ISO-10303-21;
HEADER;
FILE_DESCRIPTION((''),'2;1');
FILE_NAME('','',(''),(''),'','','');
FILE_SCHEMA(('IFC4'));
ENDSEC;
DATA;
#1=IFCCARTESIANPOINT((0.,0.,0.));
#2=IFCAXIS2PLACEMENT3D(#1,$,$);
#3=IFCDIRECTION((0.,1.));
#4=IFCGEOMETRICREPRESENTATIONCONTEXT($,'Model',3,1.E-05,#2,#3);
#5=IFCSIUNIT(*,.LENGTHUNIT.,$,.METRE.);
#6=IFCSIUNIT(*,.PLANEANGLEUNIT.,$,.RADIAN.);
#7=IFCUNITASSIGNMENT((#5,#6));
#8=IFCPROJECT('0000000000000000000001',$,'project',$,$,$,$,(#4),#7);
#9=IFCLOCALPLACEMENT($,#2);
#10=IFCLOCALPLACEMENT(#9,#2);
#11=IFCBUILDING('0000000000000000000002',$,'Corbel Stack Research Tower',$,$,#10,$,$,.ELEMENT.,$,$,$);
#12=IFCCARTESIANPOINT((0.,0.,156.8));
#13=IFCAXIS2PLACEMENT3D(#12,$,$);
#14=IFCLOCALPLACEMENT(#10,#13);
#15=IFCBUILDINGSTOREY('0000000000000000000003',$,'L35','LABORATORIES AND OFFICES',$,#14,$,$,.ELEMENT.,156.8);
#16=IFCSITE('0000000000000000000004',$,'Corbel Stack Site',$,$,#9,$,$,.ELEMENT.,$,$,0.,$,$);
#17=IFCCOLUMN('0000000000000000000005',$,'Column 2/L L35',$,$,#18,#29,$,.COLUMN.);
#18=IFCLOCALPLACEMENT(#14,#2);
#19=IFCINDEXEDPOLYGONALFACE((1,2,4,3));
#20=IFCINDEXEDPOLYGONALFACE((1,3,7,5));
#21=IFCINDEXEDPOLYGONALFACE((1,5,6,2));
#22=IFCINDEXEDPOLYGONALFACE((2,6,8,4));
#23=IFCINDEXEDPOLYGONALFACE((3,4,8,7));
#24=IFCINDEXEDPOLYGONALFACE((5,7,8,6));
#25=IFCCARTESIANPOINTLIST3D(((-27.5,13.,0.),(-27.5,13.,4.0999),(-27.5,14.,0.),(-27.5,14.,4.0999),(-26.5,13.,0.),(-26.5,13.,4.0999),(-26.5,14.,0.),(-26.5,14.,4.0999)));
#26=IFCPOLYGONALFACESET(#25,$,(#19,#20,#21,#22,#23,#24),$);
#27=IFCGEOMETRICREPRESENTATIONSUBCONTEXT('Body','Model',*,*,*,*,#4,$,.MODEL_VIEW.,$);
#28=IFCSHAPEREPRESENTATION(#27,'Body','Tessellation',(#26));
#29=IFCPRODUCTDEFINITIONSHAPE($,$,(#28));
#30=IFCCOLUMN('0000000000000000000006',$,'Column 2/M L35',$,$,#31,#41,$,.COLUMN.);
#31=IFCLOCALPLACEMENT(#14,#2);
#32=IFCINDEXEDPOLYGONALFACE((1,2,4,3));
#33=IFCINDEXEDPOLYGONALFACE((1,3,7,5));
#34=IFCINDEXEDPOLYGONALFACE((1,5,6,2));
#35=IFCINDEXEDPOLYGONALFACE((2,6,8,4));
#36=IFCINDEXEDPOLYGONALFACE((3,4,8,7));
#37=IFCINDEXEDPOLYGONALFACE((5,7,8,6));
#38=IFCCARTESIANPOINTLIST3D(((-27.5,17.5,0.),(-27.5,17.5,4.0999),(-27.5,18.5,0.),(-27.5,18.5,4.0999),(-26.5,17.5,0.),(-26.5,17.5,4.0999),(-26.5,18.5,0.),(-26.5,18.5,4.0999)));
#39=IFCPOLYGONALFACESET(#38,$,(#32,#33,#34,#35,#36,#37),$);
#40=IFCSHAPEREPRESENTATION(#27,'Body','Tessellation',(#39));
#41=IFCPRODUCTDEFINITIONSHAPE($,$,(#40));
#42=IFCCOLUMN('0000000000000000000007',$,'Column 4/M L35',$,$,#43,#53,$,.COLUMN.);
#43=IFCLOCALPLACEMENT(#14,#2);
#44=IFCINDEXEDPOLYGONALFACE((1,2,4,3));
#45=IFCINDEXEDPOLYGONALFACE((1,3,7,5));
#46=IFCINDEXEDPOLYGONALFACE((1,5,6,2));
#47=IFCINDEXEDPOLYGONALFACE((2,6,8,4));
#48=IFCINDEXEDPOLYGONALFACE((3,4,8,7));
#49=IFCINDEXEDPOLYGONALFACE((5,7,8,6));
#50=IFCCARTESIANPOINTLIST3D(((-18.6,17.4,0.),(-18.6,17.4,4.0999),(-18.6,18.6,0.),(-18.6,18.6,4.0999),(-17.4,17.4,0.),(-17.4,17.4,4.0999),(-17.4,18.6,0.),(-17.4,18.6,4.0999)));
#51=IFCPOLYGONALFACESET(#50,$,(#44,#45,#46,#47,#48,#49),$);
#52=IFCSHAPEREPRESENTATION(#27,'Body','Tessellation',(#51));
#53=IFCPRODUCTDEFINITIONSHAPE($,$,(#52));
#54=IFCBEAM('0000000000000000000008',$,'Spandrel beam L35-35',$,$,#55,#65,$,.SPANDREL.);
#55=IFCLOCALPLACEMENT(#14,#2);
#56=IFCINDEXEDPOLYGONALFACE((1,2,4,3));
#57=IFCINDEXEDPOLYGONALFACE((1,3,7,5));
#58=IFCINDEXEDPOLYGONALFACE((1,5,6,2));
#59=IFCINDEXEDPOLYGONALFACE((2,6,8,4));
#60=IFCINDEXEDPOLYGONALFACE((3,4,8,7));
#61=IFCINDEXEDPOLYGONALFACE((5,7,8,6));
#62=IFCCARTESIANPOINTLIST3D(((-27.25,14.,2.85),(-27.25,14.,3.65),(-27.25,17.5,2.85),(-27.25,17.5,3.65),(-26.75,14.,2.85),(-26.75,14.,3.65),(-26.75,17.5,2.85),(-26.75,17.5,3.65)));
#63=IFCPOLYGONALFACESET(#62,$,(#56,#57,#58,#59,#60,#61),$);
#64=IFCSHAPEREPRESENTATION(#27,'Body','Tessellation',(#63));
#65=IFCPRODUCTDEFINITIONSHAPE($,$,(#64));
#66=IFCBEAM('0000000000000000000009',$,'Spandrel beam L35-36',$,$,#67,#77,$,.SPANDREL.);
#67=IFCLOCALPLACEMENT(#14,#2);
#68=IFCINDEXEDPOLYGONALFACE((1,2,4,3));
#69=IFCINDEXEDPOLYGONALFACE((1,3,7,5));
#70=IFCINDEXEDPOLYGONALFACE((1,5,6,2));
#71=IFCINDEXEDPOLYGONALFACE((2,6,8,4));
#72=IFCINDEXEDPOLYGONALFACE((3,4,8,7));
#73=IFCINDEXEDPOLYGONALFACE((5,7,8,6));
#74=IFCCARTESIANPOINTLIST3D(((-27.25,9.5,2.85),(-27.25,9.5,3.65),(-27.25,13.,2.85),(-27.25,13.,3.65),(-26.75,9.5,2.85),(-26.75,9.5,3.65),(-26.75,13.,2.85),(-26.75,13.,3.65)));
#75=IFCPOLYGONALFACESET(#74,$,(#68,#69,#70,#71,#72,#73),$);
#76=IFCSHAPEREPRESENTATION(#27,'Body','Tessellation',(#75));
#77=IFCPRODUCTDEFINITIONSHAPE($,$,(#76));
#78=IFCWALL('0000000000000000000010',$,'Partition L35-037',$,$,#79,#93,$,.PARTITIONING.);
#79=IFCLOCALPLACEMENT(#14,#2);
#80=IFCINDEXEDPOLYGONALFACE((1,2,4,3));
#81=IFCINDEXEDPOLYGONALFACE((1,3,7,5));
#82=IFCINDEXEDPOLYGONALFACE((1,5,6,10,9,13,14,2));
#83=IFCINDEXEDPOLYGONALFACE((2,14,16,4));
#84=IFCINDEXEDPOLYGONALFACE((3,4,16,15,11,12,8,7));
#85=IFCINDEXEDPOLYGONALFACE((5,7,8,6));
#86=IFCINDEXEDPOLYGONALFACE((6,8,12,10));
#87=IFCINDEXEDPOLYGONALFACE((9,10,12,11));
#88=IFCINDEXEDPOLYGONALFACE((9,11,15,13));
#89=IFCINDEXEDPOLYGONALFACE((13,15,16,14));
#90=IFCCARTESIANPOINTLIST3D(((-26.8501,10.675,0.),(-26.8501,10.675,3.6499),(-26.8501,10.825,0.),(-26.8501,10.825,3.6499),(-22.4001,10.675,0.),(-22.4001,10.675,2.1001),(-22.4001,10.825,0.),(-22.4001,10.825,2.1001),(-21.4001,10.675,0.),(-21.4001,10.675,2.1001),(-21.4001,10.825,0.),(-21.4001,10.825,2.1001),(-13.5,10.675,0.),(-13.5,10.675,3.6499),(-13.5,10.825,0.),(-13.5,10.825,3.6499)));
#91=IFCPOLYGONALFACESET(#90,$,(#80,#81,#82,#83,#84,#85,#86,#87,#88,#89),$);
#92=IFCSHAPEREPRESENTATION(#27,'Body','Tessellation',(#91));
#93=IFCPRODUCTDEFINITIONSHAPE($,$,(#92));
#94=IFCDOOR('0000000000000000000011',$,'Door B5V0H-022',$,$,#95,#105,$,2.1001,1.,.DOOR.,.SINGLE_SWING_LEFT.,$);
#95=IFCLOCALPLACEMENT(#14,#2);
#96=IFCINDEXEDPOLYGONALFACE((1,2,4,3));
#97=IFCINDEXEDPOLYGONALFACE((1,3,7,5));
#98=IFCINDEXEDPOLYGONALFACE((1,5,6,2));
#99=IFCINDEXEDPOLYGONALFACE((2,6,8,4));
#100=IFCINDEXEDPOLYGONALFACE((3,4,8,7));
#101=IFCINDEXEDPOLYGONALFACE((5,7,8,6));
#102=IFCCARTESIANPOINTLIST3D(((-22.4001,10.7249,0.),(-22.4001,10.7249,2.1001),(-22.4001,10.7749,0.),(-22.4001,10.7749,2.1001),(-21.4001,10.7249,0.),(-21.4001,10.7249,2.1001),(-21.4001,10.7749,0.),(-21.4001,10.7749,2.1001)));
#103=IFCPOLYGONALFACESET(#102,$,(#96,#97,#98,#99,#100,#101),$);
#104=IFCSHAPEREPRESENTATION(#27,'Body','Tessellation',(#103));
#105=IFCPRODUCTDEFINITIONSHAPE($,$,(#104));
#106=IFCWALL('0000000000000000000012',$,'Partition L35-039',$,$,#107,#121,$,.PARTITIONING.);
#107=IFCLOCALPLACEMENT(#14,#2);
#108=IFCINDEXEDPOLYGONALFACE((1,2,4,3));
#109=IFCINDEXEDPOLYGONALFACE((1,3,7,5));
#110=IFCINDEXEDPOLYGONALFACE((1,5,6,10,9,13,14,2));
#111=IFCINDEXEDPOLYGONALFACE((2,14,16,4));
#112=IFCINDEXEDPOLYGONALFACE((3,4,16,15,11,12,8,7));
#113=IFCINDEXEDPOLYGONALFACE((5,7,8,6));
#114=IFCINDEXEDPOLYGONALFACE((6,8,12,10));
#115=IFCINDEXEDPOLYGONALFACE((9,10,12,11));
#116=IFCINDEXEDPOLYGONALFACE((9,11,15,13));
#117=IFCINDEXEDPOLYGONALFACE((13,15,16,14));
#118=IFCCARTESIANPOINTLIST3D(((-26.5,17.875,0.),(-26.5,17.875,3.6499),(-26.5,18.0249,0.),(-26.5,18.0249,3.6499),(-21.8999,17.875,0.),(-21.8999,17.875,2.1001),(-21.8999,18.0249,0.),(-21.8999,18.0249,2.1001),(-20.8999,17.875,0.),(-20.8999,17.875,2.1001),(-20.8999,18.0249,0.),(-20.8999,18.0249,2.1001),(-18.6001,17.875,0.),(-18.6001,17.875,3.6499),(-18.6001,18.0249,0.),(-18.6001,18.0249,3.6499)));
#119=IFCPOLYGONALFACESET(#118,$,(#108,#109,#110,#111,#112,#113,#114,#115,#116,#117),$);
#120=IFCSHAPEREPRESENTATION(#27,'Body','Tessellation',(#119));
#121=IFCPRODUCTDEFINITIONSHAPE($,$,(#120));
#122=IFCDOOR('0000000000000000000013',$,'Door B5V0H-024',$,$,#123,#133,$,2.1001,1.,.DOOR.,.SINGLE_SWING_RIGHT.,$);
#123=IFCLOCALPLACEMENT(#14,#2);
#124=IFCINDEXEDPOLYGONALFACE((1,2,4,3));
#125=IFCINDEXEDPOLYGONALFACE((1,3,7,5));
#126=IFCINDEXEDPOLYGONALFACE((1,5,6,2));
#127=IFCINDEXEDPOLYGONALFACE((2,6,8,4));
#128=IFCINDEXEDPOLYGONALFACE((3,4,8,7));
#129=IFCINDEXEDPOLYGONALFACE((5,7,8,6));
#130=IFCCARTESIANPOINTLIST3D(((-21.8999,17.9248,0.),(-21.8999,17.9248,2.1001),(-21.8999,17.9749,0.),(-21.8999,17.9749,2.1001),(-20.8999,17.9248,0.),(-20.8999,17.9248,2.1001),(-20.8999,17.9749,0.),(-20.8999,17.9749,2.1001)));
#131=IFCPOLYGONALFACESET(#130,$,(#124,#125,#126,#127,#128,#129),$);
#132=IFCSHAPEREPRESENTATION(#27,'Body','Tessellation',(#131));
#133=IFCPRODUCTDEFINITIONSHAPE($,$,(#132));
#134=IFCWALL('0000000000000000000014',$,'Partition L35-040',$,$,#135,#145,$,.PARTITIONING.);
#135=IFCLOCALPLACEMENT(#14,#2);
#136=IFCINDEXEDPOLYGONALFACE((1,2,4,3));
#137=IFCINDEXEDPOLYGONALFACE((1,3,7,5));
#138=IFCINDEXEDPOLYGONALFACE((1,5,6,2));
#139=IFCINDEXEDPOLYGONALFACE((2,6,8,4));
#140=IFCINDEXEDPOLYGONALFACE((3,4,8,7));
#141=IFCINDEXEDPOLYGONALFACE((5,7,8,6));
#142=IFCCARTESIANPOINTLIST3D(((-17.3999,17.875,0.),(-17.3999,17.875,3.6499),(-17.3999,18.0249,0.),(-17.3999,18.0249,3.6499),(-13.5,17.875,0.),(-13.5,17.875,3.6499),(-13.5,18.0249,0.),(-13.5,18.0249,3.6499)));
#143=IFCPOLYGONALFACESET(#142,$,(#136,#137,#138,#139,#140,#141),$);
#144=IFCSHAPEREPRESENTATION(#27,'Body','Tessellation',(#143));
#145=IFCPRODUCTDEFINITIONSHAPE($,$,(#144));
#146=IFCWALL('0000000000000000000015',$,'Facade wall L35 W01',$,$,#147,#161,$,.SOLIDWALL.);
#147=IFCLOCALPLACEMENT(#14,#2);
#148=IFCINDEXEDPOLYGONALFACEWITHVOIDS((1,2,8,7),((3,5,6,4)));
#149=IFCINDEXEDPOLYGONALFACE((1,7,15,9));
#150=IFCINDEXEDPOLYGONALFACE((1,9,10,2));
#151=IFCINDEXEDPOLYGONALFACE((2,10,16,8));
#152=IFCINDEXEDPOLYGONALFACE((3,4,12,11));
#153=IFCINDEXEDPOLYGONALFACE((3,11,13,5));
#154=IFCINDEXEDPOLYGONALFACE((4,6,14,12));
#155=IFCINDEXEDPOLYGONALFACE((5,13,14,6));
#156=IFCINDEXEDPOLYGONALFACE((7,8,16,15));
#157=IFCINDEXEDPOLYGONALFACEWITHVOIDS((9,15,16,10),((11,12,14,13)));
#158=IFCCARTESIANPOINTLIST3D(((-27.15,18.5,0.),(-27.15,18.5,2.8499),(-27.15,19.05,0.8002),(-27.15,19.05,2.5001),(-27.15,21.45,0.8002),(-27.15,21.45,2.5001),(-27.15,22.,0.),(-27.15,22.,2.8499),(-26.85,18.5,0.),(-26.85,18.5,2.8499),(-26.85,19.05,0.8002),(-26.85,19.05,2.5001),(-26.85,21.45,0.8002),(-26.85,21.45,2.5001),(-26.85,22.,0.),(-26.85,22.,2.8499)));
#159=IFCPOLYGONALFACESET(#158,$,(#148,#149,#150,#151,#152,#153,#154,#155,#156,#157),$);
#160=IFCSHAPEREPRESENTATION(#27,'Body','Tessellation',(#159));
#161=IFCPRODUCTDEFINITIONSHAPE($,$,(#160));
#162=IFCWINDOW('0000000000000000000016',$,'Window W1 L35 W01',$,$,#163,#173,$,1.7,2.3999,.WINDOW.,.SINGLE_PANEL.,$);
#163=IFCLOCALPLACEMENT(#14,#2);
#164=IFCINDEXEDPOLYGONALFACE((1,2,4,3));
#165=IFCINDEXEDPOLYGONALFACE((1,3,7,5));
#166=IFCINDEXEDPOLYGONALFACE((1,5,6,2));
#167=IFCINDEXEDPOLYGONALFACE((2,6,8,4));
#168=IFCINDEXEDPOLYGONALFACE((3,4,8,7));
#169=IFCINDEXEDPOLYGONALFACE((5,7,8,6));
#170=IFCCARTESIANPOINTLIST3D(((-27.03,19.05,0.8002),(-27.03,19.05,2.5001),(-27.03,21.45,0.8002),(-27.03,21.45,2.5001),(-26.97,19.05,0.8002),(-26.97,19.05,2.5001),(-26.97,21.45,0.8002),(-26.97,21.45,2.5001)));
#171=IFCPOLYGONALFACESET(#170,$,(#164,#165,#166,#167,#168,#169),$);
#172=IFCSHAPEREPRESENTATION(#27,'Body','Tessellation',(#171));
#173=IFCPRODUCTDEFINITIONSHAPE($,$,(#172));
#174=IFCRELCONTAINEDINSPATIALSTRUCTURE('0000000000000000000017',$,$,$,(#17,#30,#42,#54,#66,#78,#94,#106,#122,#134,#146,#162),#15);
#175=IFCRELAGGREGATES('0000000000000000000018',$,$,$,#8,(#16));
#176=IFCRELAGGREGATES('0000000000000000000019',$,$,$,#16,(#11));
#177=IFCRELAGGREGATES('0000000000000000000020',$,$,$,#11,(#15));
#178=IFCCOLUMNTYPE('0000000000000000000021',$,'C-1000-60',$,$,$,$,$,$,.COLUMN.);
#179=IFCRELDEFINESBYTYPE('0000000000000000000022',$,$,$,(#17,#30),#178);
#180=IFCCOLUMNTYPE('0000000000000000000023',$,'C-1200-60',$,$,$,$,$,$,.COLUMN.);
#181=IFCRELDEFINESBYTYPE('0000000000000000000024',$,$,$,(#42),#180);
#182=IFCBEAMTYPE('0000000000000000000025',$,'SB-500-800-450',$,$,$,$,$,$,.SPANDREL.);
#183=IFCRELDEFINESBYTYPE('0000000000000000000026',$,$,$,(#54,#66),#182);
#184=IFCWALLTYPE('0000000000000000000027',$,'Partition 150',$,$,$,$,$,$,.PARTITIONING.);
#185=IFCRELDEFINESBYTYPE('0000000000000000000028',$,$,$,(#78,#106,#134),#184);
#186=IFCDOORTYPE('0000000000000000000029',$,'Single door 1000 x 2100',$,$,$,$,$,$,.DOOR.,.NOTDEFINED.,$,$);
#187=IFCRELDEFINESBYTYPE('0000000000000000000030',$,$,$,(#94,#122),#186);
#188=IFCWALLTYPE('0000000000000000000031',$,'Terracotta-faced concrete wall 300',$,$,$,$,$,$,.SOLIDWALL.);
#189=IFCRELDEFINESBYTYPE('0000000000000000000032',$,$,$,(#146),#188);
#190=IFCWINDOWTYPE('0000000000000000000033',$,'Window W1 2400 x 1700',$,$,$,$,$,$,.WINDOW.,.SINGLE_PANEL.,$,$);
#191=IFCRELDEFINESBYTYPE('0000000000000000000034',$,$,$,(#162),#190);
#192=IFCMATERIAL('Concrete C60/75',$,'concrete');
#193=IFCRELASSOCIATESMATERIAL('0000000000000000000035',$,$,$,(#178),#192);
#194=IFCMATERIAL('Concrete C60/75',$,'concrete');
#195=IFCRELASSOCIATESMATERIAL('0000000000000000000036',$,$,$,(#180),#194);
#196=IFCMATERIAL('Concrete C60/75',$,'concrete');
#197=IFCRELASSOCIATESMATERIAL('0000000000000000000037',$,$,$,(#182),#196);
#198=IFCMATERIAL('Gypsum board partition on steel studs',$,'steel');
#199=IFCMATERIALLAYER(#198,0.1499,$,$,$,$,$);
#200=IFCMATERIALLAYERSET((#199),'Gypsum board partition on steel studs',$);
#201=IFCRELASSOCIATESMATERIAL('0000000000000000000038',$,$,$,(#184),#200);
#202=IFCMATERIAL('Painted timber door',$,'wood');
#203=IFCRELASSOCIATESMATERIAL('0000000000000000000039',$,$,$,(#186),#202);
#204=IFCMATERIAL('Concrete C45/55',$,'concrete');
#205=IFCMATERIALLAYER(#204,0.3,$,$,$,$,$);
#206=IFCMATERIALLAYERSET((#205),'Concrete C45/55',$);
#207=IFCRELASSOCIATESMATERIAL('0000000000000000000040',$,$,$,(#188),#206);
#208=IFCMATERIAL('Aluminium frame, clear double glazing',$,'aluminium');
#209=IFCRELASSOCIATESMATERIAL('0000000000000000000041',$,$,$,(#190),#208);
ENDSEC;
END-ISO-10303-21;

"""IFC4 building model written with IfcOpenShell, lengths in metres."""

from ifc_helpers import new_model, si_unit, direction, frame, frame_2d, origin, origin_2d, place, context, subcontext, project, spatial, rectangle, extrude, material, layer, layer_set, material_profile, profile_set, type_object, element, fill, save


model = new_model("IFC4")

# Units and contexts
model_context = context("Model", 3, precision=1e-05, world=origin(), true_north=direction((0.0, 1.0)))
body_context = subcontext(model_context, "Body", "Model", "MODEL_VIEW")
ifc_project = project(units=[si_unit("LENGTHUNIT", "METRE"), si_unit("PLANEANGLEUNIT", "RADIAN")], contexts=[model_context])

# Site, building, storey
site_placement = place(None, origin())
site = spatial("IfcSite", under=ifc_project, at=site_placement, Name="Corbel Stack Site", CompositionType="ELEMENT", RefElevation=0.0)
building_placement = place(site_placement, origin())
building = spatial("IfcBuilding", under=site, at=building_placement, Name="Corbel Stack Research Tower", CompositionType="ELEMENT")
storey_placement = place(building_placement, frame((0.0, 0.0, 156.8)))
storey = spatial("IfcBuildingStorey", under=building, at=storey_placement, Name="L35", Description="LABORATORIES AND OFFICES", CompositionType="ELEMENT", Elevation=156.8)

# Columns
ifc_material_1 = material(Name="Concrete C60/75", Category="concrete")
ifc_material_profile_1 = material_profile(ifc_material_1, rectangle(XDim=1.0, YDim=1.0, at=origin_2d()), Name="RC 1000 x 1000")
ifc_profile_set_1 = profile_set([ifc_material_profile_1], Name="Concrete C60/75")
column_type_1 = type_object("IfcColumnType", Name="C-1000-60", PredefinedType="COLUMN", material=ifc_profile_set_1)
for number, where, z_axis, x_axis, name in (
    (1, (-27.0, 13.5, 0.0), (0.0, 0.0, 1.0), (1.0, 0.0, 0.0), "Column 2/L L35"),
    (2, (-27.0, 18.0, 0.0), (0.0, 0.0, 1.0), (1.0, 0.0, 0.0), "Column 2/M L35"),
):
    element("IfcColumn", number, at=place(storey_placement, frame(where, z_axis=z_axis, x_axis=x_axis)), inside=storey, type_object=column_type_1, Name=name, PredefinedType="COLUMN", context=body_context, shape_type="SweptSolid", body=[
        extrude(rectangle(XDim=1.0, YDim=1.0, at=origin_2d()), origin(), (0.0, 0.0, 1.0), 4.0999),
    ])
ifc_material_2 = material(Name="Concrete C60/75", Category="concrete")
ifc_material_profile_2 = material_profile(ifc_material_2, rectangle(XDim=1.2, YDim=1.2, at=origin_2d()), Name="RC 1200 x 1200")
ifc_profile_set_2 = profile_set([ifc_material_profile_2], Name="Concrete C60/75")
column_type_2 = type_object("IfcColumnType", Name="C-1200-60", PredefinedType="COLUMN", material=ifc_profile_set_2)
column_placement = place(storey_placement, frame((-18.0, 18.0, 0.0), z_axis=(0.0, 0.0, 1.0), x_axis=(1.0, 0.0, 0.0)))
element("IfcColumn", 3, at=column_placement, inside=storey, type_object=column_type_2, Name="Column 4/M L35", PredefinedType="COLUMN", context=body_context, shape_type="SweptSolid", body=[
    extrude(rectangle(XDim=1.2, YDim=1.2, at=origin_2d()), origin(), (0.0, 0.0, 1.0), 4.0999),
])

# Beams
ifc_material_3 = material(Name="Concrete C60/75", Category="concrete")
ifc_material_profile_3 = material_profile(ifc_material_3, rectangle(XDim=0.5, YDim=0.8, at=origin_2d()), Name="RC 500 x 800")
ifc_profile_set_3 = profile_set([ifc_material_profile_3], Name="Concrete C60/75")
beam_type = type_object("IfcBeamType", Name="SB-500-800-450", PredefinedType="SPANDREL", material=ifc_profile_set_3)
for number, where, z_axis, x_axis, name in (
    (4, (-27.0, 17.5, 3.25), (0.0, -1.0, 0.0), (1.0, 0.0, 0.0), "Spandrel beam L35-35"),
    (5, (-27.0, 13.0, 3.25), (0.0, -1.0, 0.0), (1.0, 0.0, 0.0), "Spandrel beam L35-36"),
):
    element("IfcBeam", number, at=place(storey_placement, frame(where, z_axis=z_axis, x_axis=x_axis)), inside=storey, type_object=beam_type, Name=name, PredefinedType="SPANDREL", context=body_context, shape_type="SweptSolid", body=[
        extrude(rectangle(XDim=0.5, YDim=0.8, at=origin_2d()), origin(), (0.0, 0.0, 1.0), 3.5),
    ])

# Walls, openings, doors
ifc_material_4 = material(Name="Gypsum board partition on steel studs", Category="steel")
ifc_layer_1 = layer(ifc_material_4, 0.1499)
ifc_layer_set_1 = layer_set([ifc_layer_1], Name="Gypsum board partition on steel studs")
wall_type_1 = type_object("IfcWallType", Name="Partition 150", PredefinedType="PARTITIONING", material=ifc_layer_set_1)
wall_1_placement = place(storey_placement, frame((-26.8501, 10.75, 0.0), z_axis=(0.0, 0.0, 1.0), x_axis=(1.0, 0.0, 0.0)))
wall_1 = element("IfcWall", 6, at=wall_1_placement, inside=storey, type_object=wall_type_1, Name="Partition L35-037", PredefinedType="PARTITIONING", context=body_context, shape_type="SweptSolid", body=[
    extrude(rectangle(XDim=13.3501, YDim=0.1499, at=frame_2d((6.675, 0.0))), origin(), (0.0, 0.0, 1.0), 3.6499),
])
opening_1_placement = place(wall_1_placement, frame((4.45, 0.0, 0.0)))
opening_1 = element("IfcOpeningElement", 7, at=opening_1_placement, cuts=wall_1, PredefinedType="OPENING", context=body_context, shape_type="SweptSolid", body=[
    extrude(rectangle(XDim=1.0, YDim=2.1001, at=frame_2d((0.5, 1.05))), frame((0.0, 0.085, 0.0), z_axis=(0.0, -1.0, 0.0), x_axis=(1.0, 0.0, 0.0)), (0.0, 0.0, 1.0), 0.1699),
])
ifc_material_5 = material(Name="Painted timber door", Category="wood")
door_type_1 = type_object("IfcDoorType", Name="Single door 1000 x 2100", OperationType="NOTDEFINED", PredefinedType="DOOR", material=ifc_material_5)
door_1_placement = place(opening_1_placement, origin())
door_1 = element("IfcDoor", 8, at=door_1_placement, inside=storey, type_object=door_type_1, Name="Door B5V0H-022", OperationType="SINGLE_SWING_LEFT", OverallHeight=2.1001, OverallWidth=1.0, PredefinedType="DOOR", context=body_context, shape_type="SweptSolid", body=[
    extrude(rectangle(XDim=1.0, YDim=2.1001, at=frame_2d((0.5, 1.05))), frame((0.0, 0.0249, 0.0), z_axis=(0.0, -1.0, 0.0), x_axis=(1.0, 0.0, 0.0)), (0.0, 0.0, 1.0), 0.05),
])
fill(opening_1, door_1)
wall_2_placement = place(storey_placement, frame((-26.5, 17.95, 0.0), z_axis=(0.0, 0.0, 1.0), x_axis=(1.0, 0.0, 0.0)))
wall_2 = element("IfcWall", 9, at=wall_2_placement, inside=storey, type_object=wall_type_1, Name="Partition L35-039", PredefinedType="PARTITIONING", context=body_context, shape_type="SweptSolid", body=[
    extrude(rectangle(XDim=7.8999, YDim=0.1499, at=frame_2d((3.95, 0.0))), origin(), (0.0, 0.0, 1.0), 3.6499),
])
opening_2_placement = place(wall_2_placement, frame((4.6001, 0.0, 0.0)))
opening_2 = element("IfcOpeningElement", 10, at=opening_2_placement, cuts=wall_2, PredefinedType="OPENING", context=body_context, shape_type="SweptSolid", body=[
    extrude(rectangle(XDim=1.0, YDim=2.1001, at=frame_2d((0.5, 1.05))), frame((0.0, 0.085, 0.0), z_axis=(0.0, -1.0, 0.0), x_axis=(1.0, 0.0, 0.0)), (0.0, 0.0, 1.0), 0.1699),
])
door_2_placement = place(opening_2_placement, origin())
door_2 = element("IfcDoor", 11, at=door_2_placement, inside=storey, type_object=door_type_1, Name="Door B5V0H-024", OperationType="SINGLE_SWING_RIGHT", OverallHeight=2.1001, OverallWidth=1.0, PredefinedType="DOOR", context=body_context, shape_type="SweptSolid", body=[
    extrude(rectangle(XDim=1.0, YDim=2.1001, at=frame_2d((0.5, 1.05))), frame((0.0, 0.0249, 0.0), z_axis=(0.0, -1.0, 0.0), x_axis=(1.0, 0.0, 0.0)), (0.0, 0.0, 1.0), 0.05),
])
fill(opening_2, door_2)

# Wall
wall_3_placement = place(storey_placement, frame((-17.3999, 17.95, 0.0), z_axis=(0.0, 0.0, 1.0), x_axis=(1.0, 0.0, 0.0)))
element("IfcWall", 12, at=wall_3_placement, inside=storey, type_object=wall_type_1, Name="Partition L35-040", PredefinedType="PARTITIONING", context=body_context, shape_type="SweptSolid", body=[
    extrude(rectangle(XDim=3.8999, YDim=0.1499, at=frame_2d((1.95, 0.0))), origin(), (0.0, 0.0, 1.0), 3.6499),
])

# Wall, opening, window
ifc_material_6 = material(Name="Concrete C45/55", Category="concrete")
ifc_layer_2 = layer(ifc_material_6, 0.3)
ifc_layer_set_2 = layer_set([ifc_layer_2], Name="Concrete C45/55")
wall_type_2 = type_object("IfcWallType", Name="Terracotta-faced concrete wall 300", PredefinedType="SOLIDWALL", material=ifc_layer_set_2)
wall_4_placement = place(storey_placement, frame((-27.0, 18.5, 0.0), z_axis=(0.0, 0.0, 1.0), x_axis=(0.0, 1.0, 0.0)))
wall_4 = element("IfcWall", 13, at=wall_4_placement, inside=storey, type_object=wall_type_2, Name="Facade wall L35 W01", PredefinedType="SOLIDWALL", context=body_context, shape_type="SweptSolid", body=[
    extrude(rectangle(XDim=3.5, YDim=0.3, at=frame_2d((1.75, 0.0))), origin(), (0.0, 0.0, 1.0), 2.8499),
])
opening_3_placement = place(wall_4_placement, frame((0.55, 0.0, 0.8)))
opening_3 = element("IfcOpeningElement", 14, at=opening_3_placement, cuts=wall_4, PredefinedType="OPENING", context=body_context, shape_type="SweptSolid", body=[
    extrude(rectangle(XDim=2.3999, YDim=1.7, at=frame_2d((1.2, 0.8501))), frame((0.0, 0.1599, 0.0), z_axis=(0.0, -1.0, 0.0), x_axis=(1.0, 0.0, 0.0)), (0.0, 0.0, 1.0), 0.3201),
])
ifc_material_7 = material(Name="Aluminium frame, clear double glazing", Category="aluminium")
window_type_1 = type_object("IfcWindowType", Name="Window W1 2400 x 1700", PartitioningType="SINGLE_PANEL", PredefinedType="WINDOW", material=ifc_material_7)
window_1_placement = place(opening_3_placement, origin())
window_1 = element("IfcWindow", 15, at=window_1_placement, inside=storey, type_object=window_type_1, Name="Window W1 L35 W01", OverallHeight=1.7, OverallWidth=2.3999, PartitioningType="SINGLE_PANEL", PredefinedType="WINDOW", context=body_context, shape_type="SweptSolid", body=[
    extrude(rectangle(XDim=2.3999, YDim=1.7, at=frame_2d((1.2, 0.8501))), frame((0.0, 0.03, 0.0), z_axis=(0.0, -1.0, 0.0), x_axis=(1.0, 0.0, 0.0)), (0.0, 0.0, 1.0), 0.0601),
])
fill(opening_3, window_1)

save(model, "model.ifc")
